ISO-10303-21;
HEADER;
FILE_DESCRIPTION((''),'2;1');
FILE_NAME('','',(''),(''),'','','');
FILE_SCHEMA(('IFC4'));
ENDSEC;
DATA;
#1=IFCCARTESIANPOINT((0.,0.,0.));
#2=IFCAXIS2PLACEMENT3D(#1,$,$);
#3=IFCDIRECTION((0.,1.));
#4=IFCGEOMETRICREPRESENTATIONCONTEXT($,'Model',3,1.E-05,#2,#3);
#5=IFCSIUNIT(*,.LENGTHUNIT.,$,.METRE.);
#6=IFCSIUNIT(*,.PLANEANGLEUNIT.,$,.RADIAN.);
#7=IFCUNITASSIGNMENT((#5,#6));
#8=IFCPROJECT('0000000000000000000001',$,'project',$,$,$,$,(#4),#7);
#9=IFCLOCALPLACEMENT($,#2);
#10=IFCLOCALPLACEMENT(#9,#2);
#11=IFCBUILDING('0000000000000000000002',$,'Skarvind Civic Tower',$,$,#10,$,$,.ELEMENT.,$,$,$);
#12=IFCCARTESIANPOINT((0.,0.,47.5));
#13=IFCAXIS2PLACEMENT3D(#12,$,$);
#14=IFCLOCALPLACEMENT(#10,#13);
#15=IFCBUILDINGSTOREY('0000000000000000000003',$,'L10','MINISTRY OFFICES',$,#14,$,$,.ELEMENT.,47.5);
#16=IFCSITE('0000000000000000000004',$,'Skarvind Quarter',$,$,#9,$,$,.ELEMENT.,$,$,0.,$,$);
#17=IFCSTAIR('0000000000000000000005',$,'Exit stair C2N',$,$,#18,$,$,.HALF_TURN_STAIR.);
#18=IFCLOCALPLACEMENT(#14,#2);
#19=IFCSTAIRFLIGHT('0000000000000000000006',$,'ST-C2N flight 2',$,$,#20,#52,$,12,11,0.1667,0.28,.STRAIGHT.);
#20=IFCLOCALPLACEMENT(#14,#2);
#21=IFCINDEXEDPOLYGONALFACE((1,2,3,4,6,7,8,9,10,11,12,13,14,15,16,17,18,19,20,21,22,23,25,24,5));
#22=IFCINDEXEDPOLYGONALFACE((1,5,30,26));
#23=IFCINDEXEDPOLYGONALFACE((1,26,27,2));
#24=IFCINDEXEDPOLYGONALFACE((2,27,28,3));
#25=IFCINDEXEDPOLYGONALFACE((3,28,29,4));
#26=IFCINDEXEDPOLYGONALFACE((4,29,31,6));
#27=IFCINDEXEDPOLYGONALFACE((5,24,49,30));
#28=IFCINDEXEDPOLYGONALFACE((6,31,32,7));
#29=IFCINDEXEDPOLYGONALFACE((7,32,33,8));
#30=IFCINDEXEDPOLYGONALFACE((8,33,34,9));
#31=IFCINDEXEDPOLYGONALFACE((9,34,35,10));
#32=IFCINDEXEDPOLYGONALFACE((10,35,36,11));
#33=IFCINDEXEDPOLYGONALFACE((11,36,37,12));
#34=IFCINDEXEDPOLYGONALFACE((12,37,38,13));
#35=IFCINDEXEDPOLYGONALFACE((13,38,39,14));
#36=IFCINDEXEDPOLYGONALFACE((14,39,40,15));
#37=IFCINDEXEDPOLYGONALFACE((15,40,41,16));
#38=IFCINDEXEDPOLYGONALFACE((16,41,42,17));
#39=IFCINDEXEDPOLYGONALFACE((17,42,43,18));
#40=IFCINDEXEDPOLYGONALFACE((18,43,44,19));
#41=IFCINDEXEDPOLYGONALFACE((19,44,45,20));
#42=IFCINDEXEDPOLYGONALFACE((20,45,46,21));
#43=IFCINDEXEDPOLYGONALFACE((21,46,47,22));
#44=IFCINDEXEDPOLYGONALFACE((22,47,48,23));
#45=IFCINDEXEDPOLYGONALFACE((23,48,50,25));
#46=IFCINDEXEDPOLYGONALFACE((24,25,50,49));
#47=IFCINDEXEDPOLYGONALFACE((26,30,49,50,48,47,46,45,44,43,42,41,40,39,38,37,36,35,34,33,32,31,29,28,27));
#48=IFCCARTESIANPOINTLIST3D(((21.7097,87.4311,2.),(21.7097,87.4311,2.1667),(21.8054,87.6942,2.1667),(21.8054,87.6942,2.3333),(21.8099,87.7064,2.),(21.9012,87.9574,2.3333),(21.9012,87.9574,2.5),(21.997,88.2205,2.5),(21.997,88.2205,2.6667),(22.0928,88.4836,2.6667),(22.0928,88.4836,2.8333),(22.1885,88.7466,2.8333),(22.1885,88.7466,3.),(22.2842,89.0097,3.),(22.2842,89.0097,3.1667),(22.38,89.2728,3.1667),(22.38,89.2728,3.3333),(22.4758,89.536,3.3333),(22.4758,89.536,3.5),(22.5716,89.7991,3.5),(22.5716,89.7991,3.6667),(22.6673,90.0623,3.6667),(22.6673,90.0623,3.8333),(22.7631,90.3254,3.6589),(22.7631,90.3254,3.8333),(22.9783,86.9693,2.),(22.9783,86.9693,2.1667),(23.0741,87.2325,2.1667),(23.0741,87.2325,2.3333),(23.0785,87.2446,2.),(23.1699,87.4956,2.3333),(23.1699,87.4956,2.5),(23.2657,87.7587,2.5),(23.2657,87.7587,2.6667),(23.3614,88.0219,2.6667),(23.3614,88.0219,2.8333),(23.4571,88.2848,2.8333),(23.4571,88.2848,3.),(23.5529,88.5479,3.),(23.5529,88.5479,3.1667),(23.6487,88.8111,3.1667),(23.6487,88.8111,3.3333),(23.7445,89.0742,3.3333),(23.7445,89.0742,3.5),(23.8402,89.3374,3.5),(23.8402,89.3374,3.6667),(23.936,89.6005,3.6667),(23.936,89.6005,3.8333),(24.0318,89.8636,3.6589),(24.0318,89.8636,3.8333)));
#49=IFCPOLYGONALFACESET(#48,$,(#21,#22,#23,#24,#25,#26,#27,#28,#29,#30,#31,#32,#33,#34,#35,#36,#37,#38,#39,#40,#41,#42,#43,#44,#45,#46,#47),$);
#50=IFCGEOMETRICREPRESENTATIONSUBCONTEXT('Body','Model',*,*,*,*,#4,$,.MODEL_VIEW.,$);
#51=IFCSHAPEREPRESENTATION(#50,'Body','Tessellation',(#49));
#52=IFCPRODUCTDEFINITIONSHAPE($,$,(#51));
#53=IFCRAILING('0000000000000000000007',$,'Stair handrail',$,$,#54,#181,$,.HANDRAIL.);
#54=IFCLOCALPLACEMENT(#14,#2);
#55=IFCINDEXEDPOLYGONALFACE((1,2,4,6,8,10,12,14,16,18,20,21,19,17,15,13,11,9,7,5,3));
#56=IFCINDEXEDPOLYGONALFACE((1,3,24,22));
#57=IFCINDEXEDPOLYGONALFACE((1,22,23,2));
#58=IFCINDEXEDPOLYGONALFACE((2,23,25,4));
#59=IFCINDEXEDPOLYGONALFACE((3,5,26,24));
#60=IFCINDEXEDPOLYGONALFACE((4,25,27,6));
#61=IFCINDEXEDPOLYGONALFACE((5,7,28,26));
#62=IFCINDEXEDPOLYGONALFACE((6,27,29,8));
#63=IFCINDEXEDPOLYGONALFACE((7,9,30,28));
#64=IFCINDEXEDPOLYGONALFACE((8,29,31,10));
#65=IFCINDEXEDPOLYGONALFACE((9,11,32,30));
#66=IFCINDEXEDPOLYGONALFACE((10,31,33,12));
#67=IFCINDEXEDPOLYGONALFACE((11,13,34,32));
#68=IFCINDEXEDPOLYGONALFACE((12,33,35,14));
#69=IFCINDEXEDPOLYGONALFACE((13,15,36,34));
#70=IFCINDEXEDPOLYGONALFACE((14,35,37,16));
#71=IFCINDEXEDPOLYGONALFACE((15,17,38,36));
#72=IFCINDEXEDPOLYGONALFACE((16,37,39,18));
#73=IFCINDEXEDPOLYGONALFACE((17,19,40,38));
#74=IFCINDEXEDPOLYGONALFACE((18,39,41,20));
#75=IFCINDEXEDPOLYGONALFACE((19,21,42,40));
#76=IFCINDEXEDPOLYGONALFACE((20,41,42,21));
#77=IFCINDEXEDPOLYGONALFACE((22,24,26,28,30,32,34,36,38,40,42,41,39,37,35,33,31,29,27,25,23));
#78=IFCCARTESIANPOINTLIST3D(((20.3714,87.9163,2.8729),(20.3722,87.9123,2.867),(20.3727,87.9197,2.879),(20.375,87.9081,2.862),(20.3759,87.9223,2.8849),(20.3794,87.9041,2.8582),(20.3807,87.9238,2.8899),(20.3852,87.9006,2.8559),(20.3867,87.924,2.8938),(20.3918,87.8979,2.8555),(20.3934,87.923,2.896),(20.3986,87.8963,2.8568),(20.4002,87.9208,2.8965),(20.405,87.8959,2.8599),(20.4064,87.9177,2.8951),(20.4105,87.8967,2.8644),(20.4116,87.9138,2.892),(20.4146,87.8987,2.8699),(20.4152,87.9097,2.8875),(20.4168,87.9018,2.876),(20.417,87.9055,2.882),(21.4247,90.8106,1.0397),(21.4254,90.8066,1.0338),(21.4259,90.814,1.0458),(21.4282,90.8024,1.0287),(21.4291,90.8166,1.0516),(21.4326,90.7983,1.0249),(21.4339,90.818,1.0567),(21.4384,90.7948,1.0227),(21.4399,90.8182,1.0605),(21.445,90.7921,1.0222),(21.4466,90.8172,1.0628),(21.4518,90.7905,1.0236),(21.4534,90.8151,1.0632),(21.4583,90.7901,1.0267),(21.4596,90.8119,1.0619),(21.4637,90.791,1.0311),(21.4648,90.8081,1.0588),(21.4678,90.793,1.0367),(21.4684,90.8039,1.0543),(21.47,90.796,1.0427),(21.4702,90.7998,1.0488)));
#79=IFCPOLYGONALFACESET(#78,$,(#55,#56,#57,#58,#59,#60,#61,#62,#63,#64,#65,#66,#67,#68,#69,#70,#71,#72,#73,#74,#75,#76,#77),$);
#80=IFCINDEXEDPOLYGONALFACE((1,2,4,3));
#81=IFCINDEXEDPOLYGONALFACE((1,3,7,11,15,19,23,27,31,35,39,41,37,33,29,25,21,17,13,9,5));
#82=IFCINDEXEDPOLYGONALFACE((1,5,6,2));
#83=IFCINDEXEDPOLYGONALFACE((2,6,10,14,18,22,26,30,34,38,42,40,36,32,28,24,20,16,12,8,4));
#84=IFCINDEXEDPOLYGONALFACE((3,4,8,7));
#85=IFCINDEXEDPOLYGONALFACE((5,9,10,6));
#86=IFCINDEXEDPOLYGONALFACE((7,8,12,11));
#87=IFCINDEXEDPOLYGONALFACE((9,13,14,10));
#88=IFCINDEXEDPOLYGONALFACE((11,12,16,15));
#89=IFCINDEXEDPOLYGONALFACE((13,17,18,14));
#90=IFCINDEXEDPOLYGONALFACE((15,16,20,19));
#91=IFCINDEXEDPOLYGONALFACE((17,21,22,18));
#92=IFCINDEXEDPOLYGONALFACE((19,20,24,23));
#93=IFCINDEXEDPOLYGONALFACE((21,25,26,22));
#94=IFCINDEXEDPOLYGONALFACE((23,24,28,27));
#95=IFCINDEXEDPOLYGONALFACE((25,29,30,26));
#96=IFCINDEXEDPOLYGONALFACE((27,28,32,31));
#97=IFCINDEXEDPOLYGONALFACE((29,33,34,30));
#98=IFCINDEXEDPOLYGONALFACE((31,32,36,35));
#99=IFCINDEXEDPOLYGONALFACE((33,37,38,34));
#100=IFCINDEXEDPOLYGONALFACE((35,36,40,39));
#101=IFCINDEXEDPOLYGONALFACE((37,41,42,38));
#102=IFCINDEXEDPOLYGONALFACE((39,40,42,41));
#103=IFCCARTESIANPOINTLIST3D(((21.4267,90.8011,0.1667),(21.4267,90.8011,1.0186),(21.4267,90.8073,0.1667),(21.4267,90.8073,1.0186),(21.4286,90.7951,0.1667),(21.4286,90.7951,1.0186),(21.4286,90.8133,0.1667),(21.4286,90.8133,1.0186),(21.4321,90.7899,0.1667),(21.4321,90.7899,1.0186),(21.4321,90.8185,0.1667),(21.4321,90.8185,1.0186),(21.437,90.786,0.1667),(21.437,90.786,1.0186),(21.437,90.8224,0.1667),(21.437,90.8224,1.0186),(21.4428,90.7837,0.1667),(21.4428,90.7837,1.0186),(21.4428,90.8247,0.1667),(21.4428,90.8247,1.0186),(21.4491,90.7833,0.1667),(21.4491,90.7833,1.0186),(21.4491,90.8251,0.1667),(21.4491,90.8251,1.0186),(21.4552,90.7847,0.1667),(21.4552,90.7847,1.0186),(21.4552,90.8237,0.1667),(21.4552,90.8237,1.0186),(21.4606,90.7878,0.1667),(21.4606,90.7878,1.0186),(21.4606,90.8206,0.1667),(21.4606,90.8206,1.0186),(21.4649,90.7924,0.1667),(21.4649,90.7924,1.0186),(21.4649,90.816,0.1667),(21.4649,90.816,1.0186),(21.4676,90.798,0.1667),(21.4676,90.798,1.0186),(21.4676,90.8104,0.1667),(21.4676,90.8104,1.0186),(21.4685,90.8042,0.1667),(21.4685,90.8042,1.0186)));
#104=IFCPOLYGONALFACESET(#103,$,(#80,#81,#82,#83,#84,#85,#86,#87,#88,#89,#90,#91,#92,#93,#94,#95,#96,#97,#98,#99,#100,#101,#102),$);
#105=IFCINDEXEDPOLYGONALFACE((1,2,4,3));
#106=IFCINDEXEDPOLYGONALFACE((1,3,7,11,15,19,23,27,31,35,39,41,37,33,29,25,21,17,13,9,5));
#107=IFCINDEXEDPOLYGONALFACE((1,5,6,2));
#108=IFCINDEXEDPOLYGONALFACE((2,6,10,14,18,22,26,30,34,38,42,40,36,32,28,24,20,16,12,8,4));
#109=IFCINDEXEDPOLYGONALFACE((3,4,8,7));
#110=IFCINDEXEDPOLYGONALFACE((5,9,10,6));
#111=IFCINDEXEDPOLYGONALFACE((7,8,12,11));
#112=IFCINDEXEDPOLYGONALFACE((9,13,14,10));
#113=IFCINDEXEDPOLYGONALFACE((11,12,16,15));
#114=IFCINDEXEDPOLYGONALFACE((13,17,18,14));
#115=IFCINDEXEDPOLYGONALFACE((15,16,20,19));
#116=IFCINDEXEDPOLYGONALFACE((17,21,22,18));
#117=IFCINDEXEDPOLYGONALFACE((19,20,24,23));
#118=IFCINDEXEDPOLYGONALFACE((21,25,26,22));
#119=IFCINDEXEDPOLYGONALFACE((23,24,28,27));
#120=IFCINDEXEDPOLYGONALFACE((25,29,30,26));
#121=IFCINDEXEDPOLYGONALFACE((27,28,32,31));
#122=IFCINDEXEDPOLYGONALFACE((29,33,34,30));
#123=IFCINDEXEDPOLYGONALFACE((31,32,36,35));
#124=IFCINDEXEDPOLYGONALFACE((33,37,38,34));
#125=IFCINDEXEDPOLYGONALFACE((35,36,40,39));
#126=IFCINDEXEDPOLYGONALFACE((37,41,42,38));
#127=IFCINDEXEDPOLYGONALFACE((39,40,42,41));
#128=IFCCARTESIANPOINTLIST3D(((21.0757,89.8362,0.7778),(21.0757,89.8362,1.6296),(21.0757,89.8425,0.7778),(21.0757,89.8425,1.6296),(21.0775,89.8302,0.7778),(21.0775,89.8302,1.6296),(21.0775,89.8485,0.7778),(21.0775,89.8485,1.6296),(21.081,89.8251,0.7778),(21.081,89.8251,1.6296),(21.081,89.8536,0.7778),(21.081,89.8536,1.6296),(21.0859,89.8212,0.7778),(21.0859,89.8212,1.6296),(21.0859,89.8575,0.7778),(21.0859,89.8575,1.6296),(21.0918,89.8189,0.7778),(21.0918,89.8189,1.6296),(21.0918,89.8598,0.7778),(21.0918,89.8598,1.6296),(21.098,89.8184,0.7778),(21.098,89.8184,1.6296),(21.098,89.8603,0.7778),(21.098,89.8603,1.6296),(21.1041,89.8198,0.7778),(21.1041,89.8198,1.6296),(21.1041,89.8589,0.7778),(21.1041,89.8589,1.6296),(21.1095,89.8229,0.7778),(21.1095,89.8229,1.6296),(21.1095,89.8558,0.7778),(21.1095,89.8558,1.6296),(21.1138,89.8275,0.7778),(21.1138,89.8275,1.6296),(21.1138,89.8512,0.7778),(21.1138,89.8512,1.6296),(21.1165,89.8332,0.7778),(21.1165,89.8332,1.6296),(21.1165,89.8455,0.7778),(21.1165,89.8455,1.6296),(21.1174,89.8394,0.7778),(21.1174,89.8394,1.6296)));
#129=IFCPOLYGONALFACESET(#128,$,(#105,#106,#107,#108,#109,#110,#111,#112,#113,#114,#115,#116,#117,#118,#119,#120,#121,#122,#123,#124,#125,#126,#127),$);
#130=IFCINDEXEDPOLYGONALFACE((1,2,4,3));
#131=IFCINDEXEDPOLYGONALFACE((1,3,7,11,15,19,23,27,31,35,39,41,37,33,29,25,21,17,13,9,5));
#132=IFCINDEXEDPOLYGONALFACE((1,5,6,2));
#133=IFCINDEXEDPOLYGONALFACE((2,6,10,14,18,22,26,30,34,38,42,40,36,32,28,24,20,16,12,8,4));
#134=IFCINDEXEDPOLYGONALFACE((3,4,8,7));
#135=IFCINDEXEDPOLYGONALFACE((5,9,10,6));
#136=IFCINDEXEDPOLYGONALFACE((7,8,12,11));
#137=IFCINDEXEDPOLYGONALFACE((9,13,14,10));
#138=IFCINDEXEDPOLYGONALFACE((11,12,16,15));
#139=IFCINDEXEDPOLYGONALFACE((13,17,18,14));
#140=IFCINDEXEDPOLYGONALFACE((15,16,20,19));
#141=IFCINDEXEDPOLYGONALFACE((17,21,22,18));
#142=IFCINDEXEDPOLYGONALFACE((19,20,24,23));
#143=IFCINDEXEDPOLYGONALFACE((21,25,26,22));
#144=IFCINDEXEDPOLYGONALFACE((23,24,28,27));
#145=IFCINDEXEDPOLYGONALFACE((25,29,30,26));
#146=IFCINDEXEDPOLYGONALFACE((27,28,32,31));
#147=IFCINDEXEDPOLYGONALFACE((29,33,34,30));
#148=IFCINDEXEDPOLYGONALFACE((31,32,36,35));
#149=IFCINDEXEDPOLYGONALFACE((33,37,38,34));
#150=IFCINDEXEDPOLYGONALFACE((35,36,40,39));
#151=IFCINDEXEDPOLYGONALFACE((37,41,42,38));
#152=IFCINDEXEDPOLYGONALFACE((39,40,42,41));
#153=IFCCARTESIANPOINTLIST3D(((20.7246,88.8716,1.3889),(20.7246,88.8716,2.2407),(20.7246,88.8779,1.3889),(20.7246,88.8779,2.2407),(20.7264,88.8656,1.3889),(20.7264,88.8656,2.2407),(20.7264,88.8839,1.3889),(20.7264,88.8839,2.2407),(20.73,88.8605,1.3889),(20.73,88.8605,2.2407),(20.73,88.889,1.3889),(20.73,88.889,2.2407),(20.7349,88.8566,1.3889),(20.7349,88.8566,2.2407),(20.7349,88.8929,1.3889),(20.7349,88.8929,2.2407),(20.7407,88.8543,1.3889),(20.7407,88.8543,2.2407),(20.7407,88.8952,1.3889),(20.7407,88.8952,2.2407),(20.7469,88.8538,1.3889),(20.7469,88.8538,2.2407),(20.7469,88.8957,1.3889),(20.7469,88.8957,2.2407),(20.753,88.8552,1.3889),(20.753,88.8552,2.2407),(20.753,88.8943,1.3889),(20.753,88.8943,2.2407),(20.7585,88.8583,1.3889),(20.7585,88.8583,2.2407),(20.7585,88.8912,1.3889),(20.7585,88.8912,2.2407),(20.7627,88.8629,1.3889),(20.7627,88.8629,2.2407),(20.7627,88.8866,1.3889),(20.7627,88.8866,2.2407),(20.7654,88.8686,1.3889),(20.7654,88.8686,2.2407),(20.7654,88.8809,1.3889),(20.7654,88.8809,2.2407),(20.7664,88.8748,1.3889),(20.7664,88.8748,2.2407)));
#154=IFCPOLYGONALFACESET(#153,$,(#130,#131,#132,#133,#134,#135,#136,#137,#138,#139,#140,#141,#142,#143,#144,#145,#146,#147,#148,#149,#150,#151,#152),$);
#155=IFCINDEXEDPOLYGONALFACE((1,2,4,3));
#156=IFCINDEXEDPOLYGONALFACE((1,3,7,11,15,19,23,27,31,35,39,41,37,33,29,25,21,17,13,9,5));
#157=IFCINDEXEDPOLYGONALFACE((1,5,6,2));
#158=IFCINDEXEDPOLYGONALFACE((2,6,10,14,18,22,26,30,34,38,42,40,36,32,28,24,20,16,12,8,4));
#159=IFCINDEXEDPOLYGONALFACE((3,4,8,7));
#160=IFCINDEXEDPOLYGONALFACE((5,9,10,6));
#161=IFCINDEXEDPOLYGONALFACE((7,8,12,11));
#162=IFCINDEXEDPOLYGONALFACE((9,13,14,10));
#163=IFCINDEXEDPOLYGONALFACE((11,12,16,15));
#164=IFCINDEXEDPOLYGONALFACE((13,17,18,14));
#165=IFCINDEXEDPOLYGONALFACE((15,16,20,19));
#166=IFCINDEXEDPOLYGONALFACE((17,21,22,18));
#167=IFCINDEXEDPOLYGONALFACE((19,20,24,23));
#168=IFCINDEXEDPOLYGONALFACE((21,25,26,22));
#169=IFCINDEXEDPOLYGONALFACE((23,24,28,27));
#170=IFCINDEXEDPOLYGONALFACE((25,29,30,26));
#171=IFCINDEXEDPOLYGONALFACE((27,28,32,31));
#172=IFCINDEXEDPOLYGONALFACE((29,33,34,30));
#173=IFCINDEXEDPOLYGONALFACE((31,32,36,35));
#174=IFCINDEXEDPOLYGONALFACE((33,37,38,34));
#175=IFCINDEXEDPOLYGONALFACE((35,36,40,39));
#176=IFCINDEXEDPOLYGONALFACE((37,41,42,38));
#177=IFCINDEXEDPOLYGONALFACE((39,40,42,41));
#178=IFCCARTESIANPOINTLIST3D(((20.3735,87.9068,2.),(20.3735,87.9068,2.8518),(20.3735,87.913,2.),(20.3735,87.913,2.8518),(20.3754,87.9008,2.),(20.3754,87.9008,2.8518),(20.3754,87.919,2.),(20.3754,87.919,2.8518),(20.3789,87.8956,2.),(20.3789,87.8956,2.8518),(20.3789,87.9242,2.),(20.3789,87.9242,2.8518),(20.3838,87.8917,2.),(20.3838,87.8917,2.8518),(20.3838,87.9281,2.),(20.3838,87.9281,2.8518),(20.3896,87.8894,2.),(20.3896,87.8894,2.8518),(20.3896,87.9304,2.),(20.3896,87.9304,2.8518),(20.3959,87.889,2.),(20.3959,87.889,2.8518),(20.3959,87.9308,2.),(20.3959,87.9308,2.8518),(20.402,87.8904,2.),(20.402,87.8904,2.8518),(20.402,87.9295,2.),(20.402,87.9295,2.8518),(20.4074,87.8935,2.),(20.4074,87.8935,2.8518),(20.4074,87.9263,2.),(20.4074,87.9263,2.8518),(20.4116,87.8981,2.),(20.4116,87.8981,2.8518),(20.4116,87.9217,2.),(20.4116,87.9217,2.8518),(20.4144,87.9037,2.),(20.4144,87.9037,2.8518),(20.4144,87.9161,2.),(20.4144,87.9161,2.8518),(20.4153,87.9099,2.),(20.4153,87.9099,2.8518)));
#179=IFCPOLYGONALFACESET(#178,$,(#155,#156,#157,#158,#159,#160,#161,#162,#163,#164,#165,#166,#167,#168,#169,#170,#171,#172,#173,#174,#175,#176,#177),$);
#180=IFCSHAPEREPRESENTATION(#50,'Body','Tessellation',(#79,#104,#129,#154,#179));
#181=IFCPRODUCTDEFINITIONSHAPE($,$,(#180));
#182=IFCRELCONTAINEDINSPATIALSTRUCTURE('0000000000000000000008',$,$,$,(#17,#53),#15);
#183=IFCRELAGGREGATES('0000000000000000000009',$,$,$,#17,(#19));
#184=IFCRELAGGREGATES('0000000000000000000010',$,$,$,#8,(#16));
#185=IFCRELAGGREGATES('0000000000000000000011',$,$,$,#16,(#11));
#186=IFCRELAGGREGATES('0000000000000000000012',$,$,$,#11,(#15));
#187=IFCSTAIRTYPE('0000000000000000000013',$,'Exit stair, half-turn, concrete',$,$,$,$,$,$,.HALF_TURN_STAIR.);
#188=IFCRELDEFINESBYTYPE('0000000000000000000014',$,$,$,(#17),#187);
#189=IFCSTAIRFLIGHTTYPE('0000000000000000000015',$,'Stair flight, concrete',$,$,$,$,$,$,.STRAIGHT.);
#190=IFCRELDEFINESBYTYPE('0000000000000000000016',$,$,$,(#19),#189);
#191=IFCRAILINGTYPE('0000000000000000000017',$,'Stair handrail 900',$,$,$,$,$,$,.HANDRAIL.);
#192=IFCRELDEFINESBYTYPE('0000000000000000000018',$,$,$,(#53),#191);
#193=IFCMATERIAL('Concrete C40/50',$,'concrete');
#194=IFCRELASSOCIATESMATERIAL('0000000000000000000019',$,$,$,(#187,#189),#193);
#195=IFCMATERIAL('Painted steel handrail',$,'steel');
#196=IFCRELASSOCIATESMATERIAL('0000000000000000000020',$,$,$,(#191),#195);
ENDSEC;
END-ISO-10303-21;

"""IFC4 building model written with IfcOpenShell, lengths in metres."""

from ifc_helpers import new_model, si_unit, direction, frame, origin, origin_2d, place, context, subcontext, project, spatial, polyline, circle, outline, extrude, material, type_object, element, aggregate, save


model = new_model("IFC4")

# Units and contexts
model_context = context("Model", 3, precision=1e-05, world=origin(), true_north=direction((0.0, 1.0)))
body_context = subcontext(model_context, "Body", "Model", "MODEL_VIEW")
ifc_project = project(units=[si_unit("LENGTHUNIT", "METRE"), si_unit("PLANEANGLEUNIT", "RADIAN")], contexts=[model_context])

# Site, building, storey
site_placement = place(None, origin())
site = spatial("IfcSite", under=ifc_project, at=site_placement, Name="Skarvind Quarter", CompositionType="ELEMENT", RefElevation=0.0)
building_placement = place(site_placement, origin())
building = spatial("IfcBuilding", under=site, at=building_placement, Name="Skarvind Civic Tower", CompositionType="ELEMENT")
storey_placement = place(building_placement, frame((0.0, 0.0, 47.5)))
storey = spatial("IfcBuildingStorey", under=building, at=storey_placement, Name="L10", Description="MINISTRY OFFICES", CompositionType="ELEMENT", Elevation=47.5)

# Stair, stair flight
ifc_material_1 = material(Name="Concrete C40/50", Category="concrete")
stair_type = type_object("IfcStairType", Name="Exit stair, half-turn, concrete", PredefinedType="HALF_TURN_STAIR", material=ifc_material_1)
stair_placement = place(storey_placement, origin())
stair = element("IfcStair", 1, at=stair_placement, inside=storey, type_object=stair_type, Name="Exit stair C2N", PredefinedType="HALF_TURN_STAIR")
stair_flight_type = type_object("IfcStairFlightType", Name="Stair flight, concrete", PredefinedType="STRAIGHT", material=ifc_material_1)
stair_flight_1_placement = place(storey_placement, frame((22.344, 87.2002, 2.0), z_axis=(0.0, 0.0, 1.0), x_axis=(0.34202, 0.939693, 0.0)))
stair_flight_1 = element("IfcStairFlight", 2, at=stair_flight_1_placement, type_object=stair_flight_type, Name="ST-C2N flight 2", NumberOfRisers=12, NumberOfTreads=11, PredefinedType="STRAIGHT", RiserHeight=0.1667, TreadLength=0.28, context=body_context, shape_type="SweptSolid", body=[
    extrude(outline(polyline([(0.0, 0.0), (0.0, 0.1667), (0.28, 0.1667), (0.28, 0.3333), (0.5601, 0.3333), (0.5601, 0.5), (0.8401, 0.5), (0.8401, 0.6667), (1.1201, 0.6667), (1.1201, 0.8333), (1.3999, 0.8333), (1.3999, 1.0), (1.6799, 1.0), (1.6799, 1.1667), (1.96, 1.1667), (1.96, 1.3333), (2.24, 1.3333), (2.24, 1.5), (2.52, 1.5), (2.52, 1.6667), (2.8, 1.6667), (2.8, 1.8333), (3.0801, 1.8333), (3.0801, 2.0), (3.0801, 1.6589), (0.293, 0.0), (0.0, 0.0)])), frame((0.0, 0.675, 0.0), z_axis=(0.0, -1.0, 0.0), x_axis=(1.0, 0.0, 0.0)), (0.0, 0.0, 1.0), 1.3501),
])
aggregate(stair, [stair_flight_1])

# Railing
ifc_material_2 = material(Name="Painted steel handrail", Category="steel")
railing_type = type_object("IfcRailingType", Name="Stair handrail 900", PredefinedType="HANDRAIL", material=ifc_material_2)
railing_1_placement = place(storey_placement, frame((21.4475, 90.8042, 0.1667)))
element("IfcRailing", 3, at=railing_1_placement, inside=storey, type_object=railing_type, Name="Stair handrail", PredefinedType="HANDRAIL", context=body_context, shape_type="SweptSolid", body=[
    extrude(circle(Radius=0.0239, at=origin_2d()), frame((0.0, 0.0, 0.876), z_axis=(-0.293846, -0.807497, 0.511472), x_axis=(0.939715, -0.341959, 0.0)), (0.0, 0.0, 1.0), 3.5842),
    extrude(circle(Radius=0.021, at=origin_2d()), origin(), (0.0, 0.0, 1.0), 0.8518),
    extrude(circle(Radius=0.021, at=origin_2d()), frame((-0.3511, -0.9648, 0.6111)), (0.0, 0.0, 1.0), 0.8518),
    extrude(circle(Radius=0.021, at=origin_2d()), frame((-0.7021, -1.9294, 1.2222)), (0.0, 0.0, 1.0), 0.8518),
    extrude(circle(Radius=0.021, at=origin_2d()), frame((-1.0532, -2.8943, 1.8333)), (0.0, 0.0, 1.0), 0.8518),
])

save(model, "model.ifc")
